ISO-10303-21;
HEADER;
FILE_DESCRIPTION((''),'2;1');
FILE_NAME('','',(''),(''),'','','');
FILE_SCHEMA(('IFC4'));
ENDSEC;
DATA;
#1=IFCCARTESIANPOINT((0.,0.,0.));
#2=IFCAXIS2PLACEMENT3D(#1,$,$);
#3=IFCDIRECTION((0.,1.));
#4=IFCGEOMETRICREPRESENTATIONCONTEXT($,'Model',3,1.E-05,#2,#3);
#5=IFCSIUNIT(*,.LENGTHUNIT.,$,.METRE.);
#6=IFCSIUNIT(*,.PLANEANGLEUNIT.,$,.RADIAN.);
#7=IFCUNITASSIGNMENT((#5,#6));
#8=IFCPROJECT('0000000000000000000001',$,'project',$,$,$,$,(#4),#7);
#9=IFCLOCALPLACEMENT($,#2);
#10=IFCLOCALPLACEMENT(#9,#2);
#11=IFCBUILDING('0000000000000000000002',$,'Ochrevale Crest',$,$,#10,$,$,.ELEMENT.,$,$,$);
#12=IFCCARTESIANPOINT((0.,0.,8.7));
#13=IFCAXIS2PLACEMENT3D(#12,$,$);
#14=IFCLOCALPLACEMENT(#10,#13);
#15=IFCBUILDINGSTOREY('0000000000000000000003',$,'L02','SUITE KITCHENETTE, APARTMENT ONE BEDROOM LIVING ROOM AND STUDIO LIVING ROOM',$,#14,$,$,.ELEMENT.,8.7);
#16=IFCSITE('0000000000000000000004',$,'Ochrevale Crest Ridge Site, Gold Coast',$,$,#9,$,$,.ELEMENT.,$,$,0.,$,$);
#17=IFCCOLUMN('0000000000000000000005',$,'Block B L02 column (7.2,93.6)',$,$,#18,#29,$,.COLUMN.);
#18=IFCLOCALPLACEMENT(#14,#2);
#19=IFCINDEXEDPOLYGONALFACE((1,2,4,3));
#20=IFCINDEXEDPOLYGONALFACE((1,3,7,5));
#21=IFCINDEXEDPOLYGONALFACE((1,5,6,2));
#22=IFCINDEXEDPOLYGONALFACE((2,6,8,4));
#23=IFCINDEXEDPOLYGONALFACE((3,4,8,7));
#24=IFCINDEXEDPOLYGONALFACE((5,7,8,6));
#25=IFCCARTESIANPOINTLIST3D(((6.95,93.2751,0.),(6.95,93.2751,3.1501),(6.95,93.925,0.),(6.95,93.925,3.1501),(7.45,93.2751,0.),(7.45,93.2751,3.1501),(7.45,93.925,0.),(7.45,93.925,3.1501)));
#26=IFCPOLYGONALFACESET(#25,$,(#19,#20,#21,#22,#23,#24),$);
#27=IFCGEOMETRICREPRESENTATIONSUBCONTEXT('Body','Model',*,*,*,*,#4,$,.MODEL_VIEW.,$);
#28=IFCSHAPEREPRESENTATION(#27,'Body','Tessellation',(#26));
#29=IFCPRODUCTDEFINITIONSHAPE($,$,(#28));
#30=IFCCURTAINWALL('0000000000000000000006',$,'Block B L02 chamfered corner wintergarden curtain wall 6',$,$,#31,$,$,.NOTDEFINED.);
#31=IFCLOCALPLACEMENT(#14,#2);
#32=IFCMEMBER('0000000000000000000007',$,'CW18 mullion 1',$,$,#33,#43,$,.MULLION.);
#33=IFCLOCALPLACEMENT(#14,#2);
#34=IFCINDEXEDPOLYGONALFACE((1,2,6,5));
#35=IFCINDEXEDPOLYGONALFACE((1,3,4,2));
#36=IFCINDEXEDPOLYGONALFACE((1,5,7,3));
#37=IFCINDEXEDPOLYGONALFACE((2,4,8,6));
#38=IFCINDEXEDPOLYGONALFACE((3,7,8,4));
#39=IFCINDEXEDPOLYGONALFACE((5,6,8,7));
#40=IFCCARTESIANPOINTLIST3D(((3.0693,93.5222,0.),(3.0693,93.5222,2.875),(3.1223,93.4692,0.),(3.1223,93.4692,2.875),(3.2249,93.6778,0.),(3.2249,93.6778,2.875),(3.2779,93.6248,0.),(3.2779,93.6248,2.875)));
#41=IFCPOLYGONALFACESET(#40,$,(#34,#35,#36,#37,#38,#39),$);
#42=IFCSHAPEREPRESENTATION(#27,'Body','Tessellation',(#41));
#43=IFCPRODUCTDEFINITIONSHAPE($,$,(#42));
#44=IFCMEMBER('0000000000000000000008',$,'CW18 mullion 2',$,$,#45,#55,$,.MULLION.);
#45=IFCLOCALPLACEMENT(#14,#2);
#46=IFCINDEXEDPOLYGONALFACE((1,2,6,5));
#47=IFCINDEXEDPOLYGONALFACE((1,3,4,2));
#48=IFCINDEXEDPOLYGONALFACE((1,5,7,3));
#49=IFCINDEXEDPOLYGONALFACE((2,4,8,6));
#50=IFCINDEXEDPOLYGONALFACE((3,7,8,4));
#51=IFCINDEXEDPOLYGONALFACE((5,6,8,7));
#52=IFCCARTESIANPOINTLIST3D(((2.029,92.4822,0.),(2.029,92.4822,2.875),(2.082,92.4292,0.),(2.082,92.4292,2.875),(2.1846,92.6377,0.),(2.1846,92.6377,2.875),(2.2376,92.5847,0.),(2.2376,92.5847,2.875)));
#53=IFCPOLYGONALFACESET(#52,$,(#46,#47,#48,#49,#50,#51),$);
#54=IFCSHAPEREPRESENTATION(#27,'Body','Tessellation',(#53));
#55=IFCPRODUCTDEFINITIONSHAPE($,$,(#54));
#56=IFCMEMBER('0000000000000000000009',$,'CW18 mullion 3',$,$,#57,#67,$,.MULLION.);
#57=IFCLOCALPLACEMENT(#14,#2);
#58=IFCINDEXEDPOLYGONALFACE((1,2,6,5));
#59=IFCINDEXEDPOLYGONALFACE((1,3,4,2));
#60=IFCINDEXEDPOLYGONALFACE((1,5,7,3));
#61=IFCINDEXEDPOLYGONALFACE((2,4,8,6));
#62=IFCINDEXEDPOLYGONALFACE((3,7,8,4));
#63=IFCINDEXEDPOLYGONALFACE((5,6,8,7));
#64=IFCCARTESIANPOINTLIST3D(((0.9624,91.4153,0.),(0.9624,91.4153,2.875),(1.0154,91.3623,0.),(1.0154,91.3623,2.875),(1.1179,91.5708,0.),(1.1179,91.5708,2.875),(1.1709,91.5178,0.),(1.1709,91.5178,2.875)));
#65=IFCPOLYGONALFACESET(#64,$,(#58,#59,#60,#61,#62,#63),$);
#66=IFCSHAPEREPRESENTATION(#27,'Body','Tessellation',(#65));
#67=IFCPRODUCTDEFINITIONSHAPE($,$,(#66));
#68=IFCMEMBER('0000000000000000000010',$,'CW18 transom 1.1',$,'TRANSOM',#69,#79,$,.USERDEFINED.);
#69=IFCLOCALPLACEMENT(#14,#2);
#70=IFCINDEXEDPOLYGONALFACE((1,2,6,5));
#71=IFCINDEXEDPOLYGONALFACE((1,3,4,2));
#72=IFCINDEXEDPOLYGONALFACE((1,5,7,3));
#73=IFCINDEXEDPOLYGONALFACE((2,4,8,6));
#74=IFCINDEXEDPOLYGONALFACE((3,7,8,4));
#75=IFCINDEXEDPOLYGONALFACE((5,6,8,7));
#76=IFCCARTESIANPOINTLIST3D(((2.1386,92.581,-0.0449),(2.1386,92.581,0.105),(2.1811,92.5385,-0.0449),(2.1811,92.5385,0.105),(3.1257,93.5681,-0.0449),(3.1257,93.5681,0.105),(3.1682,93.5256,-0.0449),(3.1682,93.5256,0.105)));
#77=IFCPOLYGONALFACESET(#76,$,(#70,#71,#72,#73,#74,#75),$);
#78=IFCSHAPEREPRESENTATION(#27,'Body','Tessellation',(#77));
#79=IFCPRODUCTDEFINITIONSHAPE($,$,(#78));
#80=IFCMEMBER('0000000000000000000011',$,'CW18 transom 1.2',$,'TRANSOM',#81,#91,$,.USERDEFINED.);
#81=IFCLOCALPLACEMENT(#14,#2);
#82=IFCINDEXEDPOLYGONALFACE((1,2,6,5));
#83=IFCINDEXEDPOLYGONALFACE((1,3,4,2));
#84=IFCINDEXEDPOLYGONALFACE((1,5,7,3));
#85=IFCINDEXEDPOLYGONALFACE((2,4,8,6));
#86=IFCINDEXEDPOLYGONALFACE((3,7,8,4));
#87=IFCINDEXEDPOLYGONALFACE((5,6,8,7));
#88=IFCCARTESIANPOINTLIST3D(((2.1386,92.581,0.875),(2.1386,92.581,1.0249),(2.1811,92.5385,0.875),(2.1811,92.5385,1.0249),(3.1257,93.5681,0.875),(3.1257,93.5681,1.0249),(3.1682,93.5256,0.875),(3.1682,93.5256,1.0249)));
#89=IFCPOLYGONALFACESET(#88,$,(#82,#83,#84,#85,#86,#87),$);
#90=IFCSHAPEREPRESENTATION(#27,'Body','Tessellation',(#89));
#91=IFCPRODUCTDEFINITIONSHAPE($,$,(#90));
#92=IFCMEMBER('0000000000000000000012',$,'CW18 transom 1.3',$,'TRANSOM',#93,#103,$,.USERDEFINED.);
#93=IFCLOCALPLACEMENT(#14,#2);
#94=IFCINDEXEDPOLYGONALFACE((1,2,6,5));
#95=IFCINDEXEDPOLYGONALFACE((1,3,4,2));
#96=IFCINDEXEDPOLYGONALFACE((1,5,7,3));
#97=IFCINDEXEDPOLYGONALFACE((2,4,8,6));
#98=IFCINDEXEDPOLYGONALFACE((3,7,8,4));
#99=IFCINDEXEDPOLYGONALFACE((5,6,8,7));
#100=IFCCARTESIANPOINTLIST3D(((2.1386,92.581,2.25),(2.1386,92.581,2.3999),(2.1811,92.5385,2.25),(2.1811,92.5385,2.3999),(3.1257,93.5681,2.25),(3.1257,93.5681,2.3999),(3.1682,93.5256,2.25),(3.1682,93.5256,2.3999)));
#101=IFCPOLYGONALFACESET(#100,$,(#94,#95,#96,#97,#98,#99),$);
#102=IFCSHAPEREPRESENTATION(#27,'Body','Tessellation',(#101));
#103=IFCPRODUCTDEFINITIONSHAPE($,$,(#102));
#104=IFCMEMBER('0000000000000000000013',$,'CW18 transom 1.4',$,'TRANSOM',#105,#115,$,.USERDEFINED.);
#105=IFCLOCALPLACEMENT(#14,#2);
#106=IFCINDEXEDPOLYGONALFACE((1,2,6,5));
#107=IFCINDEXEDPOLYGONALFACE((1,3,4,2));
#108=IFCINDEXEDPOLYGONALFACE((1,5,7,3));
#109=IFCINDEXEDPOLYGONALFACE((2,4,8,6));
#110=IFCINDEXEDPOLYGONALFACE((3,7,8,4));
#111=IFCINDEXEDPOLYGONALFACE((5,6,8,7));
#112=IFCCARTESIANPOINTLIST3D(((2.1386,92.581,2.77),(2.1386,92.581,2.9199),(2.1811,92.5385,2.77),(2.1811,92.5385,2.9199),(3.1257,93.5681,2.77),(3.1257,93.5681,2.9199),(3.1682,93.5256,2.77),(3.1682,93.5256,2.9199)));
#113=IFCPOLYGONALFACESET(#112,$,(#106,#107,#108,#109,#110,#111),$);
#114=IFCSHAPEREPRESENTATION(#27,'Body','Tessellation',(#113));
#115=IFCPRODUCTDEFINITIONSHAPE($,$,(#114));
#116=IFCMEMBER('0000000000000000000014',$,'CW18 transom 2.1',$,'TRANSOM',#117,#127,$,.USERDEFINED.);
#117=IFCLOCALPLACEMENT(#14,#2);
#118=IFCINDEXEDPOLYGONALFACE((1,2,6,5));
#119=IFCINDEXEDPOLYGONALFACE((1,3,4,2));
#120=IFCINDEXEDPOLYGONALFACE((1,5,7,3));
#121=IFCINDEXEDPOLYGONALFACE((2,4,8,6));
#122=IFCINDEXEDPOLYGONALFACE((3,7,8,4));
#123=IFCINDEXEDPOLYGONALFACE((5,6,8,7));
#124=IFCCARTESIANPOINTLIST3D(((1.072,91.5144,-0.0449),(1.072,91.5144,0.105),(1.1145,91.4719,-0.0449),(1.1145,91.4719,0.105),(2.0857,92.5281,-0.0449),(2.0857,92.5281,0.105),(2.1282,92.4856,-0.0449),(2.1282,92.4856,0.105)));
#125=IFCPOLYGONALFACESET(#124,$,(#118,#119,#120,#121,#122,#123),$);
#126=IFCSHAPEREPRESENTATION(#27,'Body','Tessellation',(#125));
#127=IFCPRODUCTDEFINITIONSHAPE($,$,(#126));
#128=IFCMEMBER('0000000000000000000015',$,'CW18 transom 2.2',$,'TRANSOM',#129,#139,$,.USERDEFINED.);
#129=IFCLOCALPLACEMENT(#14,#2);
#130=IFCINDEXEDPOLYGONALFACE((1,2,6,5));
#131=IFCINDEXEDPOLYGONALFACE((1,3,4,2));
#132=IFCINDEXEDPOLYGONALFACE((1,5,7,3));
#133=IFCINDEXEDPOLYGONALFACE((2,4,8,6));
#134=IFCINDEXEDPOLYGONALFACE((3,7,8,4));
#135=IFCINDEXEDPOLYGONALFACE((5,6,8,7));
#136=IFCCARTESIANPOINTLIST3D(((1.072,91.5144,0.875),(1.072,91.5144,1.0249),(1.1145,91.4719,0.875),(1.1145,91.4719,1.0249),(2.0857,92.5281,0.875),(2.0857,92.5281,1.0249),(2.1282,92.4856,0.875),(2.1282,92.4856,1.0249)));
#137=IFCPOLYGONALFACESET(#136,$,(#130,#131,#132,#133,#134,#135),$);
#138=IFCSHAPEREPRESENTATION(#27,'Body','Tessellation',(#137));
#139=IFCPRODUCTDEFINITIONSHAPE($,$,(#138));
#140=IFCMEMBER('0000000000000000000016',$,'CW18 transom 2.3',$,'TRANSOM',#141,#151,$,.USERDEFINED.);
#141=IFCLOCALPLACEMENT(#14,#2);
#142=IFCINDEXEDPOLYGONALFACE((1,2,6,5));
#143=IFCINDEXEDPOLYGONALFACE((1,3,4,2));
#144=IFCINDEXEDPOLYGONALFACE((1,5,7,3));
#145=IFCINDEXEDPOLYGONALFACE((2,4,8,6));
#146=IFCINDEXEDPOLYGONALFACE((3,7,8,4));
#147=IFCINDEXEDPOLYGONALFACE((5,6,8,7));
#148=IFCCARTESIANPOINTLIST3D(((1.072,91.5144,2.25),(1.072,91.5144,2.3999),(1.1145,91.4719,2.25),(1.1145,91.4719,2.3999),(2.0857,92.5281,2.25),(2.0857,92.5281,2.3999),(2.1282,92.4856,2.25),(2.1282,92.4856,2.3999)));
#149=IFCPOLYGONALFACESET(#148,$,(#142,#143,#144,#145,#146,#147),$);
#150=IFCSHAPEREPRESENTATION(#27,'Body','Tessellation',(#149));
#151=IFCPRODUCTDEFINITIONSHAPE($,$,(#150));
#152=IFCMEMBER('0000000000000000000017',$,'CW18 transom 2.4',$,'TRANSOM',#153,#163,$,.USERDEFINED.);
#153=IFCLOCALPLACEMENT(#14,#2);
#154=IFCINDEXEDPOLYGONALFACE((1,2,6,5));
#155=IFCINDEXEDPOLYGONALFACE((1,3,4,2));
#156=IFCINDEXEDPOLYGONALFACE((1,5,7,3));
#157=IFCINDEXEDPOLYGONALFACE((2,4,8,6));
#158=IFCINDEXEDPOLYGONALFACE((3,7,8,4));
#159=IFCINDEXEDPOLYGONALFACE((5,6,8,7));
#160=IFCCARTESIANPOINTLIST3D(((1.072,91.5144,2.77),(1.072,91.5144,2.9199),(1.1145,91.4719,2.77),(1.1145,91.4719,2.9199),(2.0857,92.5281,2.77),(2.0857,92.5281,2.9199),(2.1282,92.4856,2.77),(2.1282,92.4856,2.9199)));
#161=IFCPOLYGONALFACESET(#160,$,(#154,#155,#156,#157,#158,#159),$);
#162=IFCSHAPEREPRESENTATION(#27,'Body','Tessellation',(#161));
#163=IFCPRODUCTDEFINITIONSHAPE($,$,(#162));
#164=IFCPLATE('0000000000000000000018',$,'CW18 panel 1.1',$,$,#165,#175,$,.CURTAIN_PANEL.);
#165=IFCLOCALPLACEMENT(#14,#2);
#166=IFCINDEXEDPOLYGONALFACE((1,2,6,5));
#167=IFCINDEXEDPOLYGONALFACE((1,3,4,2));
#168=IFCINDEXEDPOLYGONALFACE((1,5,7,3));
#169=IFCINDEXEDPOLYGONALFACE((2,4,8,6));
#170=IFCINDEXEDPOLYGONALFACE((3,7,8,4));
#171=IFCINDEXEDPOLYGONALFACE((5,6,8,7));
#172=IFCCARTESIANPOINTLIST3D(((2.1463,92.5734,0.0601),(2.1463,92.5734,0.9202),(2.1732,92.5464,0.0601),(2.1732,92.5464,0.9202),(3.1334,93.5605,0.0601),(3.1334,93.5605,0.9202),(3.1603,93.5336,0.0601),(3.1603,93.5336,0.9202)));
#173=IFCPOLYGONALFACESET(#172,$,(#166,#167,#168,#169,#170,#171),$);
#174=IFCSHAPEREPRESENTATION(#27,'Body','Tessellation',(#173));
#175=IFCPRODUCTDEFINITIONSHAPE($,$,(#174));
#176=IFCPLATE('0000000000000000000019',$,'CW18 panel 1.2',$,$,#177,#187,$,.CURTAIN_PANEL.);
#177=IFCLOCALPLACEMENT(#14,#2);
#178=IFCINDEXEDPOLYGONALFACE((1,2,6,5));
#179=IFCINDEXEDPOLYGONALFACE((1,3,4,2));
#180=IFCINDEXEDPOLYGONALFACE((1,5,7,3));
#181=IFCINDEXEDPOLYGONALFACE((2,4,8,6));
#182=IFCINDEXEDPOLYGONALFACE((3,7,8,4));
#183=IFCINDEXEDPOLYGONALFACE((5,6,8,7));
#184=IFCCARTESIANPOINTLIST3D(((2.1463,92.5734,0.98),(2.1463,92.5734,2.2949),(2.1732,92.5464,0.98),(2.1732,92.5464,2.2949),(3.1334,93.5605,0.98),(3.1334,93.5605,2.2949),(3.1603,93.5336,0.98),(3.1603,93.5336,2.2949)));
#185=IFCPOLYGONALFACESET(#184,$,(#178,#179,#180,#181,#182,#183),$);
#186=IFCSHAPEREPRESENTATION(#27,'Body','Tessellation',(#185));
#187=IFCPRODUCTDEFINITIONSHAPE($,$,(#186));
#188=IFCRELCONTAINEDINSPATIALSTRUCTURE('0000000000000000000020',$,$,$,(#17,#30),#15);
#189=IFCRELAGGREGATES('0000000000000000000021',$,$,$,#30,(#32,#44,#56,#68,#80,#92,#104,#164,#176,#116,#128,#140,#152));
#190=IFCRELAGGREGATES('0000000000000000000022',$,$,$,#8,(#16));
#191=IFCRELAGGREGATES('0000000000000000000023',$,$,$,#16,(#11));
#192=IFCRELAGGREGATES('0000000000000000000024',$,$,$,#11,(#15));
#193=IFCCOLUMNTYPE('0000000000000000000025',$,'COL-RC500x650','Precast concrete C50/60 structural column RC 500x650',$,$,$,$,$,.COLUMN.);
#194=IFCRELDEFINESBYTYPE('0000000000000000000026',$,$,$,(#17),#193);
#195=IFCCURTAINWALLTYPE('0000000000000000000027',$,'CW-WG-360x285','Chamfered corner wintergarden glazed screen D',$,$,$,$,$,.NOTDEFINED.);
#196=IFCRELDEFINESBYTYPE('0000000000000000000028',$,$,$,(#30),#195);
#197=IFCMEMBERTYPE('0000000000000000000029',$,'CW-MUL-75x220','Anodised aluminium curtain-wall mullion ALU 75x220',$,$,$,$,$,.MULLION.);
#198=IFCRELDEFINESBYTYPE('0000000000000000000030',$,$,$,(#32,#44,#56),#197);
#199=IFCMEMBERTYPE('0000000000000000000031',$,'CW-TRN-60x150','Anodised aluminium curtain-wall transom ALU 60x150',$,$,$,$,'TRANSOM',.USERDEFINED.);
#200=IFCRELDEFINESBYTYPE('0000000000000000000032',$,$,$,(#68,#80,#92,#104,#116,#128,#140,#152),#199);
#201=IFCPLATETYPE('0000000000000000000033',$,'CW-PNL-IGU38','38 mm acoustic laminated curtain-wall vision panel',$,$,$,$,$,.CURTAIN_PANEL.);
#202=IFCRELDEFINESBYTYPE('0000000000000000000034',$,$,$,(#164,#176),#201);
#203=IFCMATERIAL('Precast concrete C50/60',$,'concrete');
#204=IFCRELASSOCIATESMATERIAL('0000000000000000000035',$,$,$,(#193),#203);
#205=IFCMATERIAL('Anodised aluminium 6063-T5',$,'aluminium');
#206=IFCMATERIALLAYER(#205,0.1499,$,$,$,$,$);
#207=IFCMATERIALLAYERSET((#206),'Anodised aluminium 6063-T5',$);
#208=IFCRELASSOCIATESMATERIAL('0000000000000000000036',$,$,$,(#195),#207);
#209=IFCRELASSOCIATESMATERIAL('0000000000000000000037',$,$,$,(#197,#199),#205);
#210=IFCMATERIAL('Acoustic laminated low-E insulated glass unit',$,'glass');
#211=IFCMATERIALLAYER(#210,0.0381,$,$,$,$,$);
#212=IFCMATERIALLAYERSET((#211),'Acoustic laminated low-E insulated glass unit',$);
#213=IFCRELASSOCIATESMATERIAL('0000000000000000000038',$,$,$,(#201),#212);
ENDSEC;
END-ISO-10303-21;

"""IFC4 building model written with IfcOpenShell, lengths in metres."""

from ifc_helpers import new_model, si_unit, direction, frame, origin, origin_2d, place, context, subcontext, project, spatial, rectangle, extrude, material, layer, layer_set, material_profile, profile_set, type_object, element, aggregate, save


model = new_model("IFC4")

# Units and contexts
model_context = context("Model", 3, precision=1e-05, world=origin(), true_north=direction((0.0, 1.0)))
body_context = subcontext(model_context, "Body", "Model", "MODEL_VIEW")
ifc_project = project(units=[si_unit("LENGTHUNIT", "METRE"), si_unit("PLANEANGLEUNIT", "RADIAN")], contexts=[model_context])

# Site, building, storey
site_placement = place(None, origin())
site = spatial("IfcSite", under=ifc_project, at=site_placement, Name="Ochrevale Crest Ridge Site, Gold Coast", CompositionType="ELEMENT", RefElevation=0.0)
building_placement = place(site_placement, origin())
building = spatial("IfcBuilding", under=site, at=building_placement, Name="Ochrevale Crest", CompositionType="ELEMENT")
storey_placement = place(building_placement, frame((0.0, 0.0, 8.7)))
storey = spatial("IfcBuildingStorey", under=building, at=storey_placement, Name="L02", Description="SUITE KITCHENETTE, APARTMENT ONE BEDROOM LIVING ROOM AND STUDIO LIVING ROOM", CompositionType="ELEMENT", Elevation=8.7)

# Column
ifc_material_1 = material(Name="Precast concrete C50/60", Category="concrete")
ifc_material_profile_1 = material_profile(ifc_material_1, rectangle(XDim=0.5, YDim=0.6499, at=origin_2d()), Name="RC 500x650")
ifc_profile_set_1 = profile_set([ifc_material_profile_1], Name="Precast concrete C50/60")
column_type = type_object("IfcColumnType", Name="COL-RC500x650", Description="Precast concrete C50/60 structural column RC 500x650", PredefinedType="COLUMN", material=ifc_profile_set_1)
column_placement = place(storey_placement, frame((7.2, 93.6001, 0.0), z_axis=(0.0, 0.0, 1.0), x_axis=(1.0, 0.0, 0.0)))
element("IfcColumn", 1, at=column_placement, inside=storey, type_object=column_type, Name="Block B L02 column (7.2,93.6)", PredefinedType="COLUMN", context=body_context, shape_type="SweptSolid", body=[
    extrude(rectangle(XDim=0.5, YDim=0.6499, at=origin_2d()), origin(), (0.0, 0.0, 1.0), 3.1501),
])

# Curtain wall, members, plates
ifc_material_2 = material(Name="Anodised aluminium 6063-T5", Category="aluminium")
ifc_layer_1 = layer(ifc_material_2, 0.1499)
ifc_layer_set_1 = layer_set([ifc_layer_1], Name="Anodised aluminium 6063-T5")
curtain_wall_type = type_object("IfcCurtainWallType", Name="CW-WG-360x285", Description="Chamfered corner wintergarden glazed screen D", PredefinedType="NOTDEFINED", material=ifc_layer_set_1)
curtain_wall_placement = place(storey_placement, origin())
curtain_wall = element("IfcCurtainWall", 2, at=curtain_wall_placement, inside=storey, type_object=curtain_wall_type, Name="Block B L02 chamfered corner wintergarden curtain wall 6", PredefinedType="NOTDEFINED")
ifc_material_profile_2 = material_profile(ifc_material_2, rectangle(XDim=0.075, YDim=0.22, at=origin_2d()), Name="ALU 75x220")
ifc_profile_set_2 = profile_set([ifc_material_profile_2], Name="Anodised aluminium 6063-T5")
member_type_1 = type_object("IfcMemberType", Name="CW-MUL-75x220", Description="Anodised aluminium curtain-wall mullion ALU 75x220", PredefinedType="MULLION", material=ifc_profile_set_2)
member_1_placement = place(storey_placement, frame((3.1736, 93.5735, 0.0), z_axis=(0.0, 0.0, 1.0), x_axis=(0.707107, -0.707107, 0.0)))
member_1 = element("IfcMember", 3, at=member_1_placement, type_object=member_type_1, Name="CW18 mullion 1", PredefinedType="MULLION", context=body_context, shape_type="SweptSolid", body=[
    extrude(rectangle(XDim=0.075, YDim=0.22, at=origin_2d()), origin(), (0.0, 0.0, 1.0), 2.875),
])
member_2_placement = place(storey_placement, frame((2.1333, 92.5334, 0.0), z_axis=(0.0, 0.0, 1.0), x_axis=(0.707107, -0.707107, 0.0)))
member_2 = element("IfcMember", 4, at=member_2_placement, type_object=member_type_1, Name="CW18 mullion 2", PredefinedType="MULLION", context=body_context, shape_type="SweptSolid", body=[
    extrude(rectangle(XDim=0.075, YDim=0.22, at=origin_2d()), origin(), (0.0, 0.0, 1.0), 2.875),
])
member_3_placement = place(storey_placement, frame((1.0667, 91.4666, 0.0), z_axis=(0.0, 0.0, 1.0), x_axis=(0.707107, -0.707107, 0.0)))
member_3 = element("IfcMember", 5, at=member_3_placement, type_object=member_type_1, Name="CW18 mullion 3", PredefinedType="MULLION", context=body_context, shape_type="SweptSolid", body=[
    extrude(rectangle(XDim=0.075, YDim=0.22, at=origin_2d()), origin(), (0.0, 0.0, 1.0), 2.875),
])
ifc_material_profile_3 = material_profile(ifc_material_2, rectangle(XDim=0.0601, YDim=0.1499, at=origin_2d()), Name="ALU 60x150")
ifc_profile_set_3 = profile_set([ifc_material_profile_3], Name="Anodised aluminium 6063-T5")
member_type_2 = type_object("IfcMemberType", Name="CW-TRN-60x150", Description="Anodised aluminium curtain-wall transom ALU 60x150", ElementType="TRANSOM", PredefinedType="USERDEFINED", material=ifc_profile_set_3)
member_4_placement = place(storey_placement, frame((3.147, 93.5469, 0.03), z_axis=(-0.707107, -0.707107, 0.0), x_axis=(0.707107, -0.707107, 0.0)))
member_4 = element("IfcMember", 6, at=member_4_placement, type_object=member_type_2, Name="CW18 transom 1.1", ObjectType="TRANSOM", PredefinedType="USERDEFINED", context=body_context, shape_type="SweptSolid", body=[
    extrude(rectangle(XDim=0.0601, YDim=0.1499, at=origin_2d()), origin(), (0.0, 0.0, 1.0), 1.396),
])
member_5_placement = place(storey_placement, frame((3.147, 93.5469, 0.95), z_axis=(-0.707107, -0.707107, 0.0), x_axis=(0.707107, -0.707107, 0.0)))
member_5 = element("IfcMember", 7, at=member_5_placement, type_object=member_type_2, Name="CW18 transom 1.2", ObjectType="TRANSOM", PredefinedType="USERDEFINED", context=body_context, shape_type="SweptSolid", body=[
    extrude(rectangle(XDim=0.0601, YDim=0.1499, at=origin_2d()), origin(), (0.0, 0.0, 1.0), 1.396),
])
member_6_placement = place(storey_placement, frame((3.147, 93.5469, 2.325), z_axis=(-0.707107, -0.707107, 0.0), x_axis=(0.707107, -0.707107, 0.0)))
member_6 = element("IfcMember", 8, at=member_6_placement, type_object=member_type_2, Name="CW18 transom 1.3", ObjectType="TRANSOM", PredefinedType="USERDEFINED", context=body_context, shape_type="SweptSolid", body=[
    extrude(rectangle(XDim=0.0601, YDim=0.1499, at=origin_2d()), origin(), (0.0, 0.0, 1.0), 1.396),
])
member_7_placement = place(storey_placement, frame((3.147, 93.5469, 2.845), z_axis=(-0.707107, -0.707107, 0.0), x_axis=(0.707107, -0.707107, 0.0)))
member_7 = element("IfcMember", 9, at=member_7_placement, type_object=member_type_2, Name="CW18 transom 1.4", ObjectType="TRANSOM", PredefinedType="USERDEFINED", context=body_context, shape_type="SweptSolid", body=[
    extrude(rectangle(XDim=0.0601, YDim=0.1499, at=origin_2d()), origin(), (0.0, 0.0, 1.0), 1.396),
])
member_8_placement = place(storey_placement, frame((2.1069, 92.5068, 0.03), z_axis=(-0.707107, -0.707107, 0.0), x_axis=(0.707107, -0.707107, 0.0)))
member_8 = element("IfcMember", 10, at=member_8_placement, type_object=member_type_2, Name="CW18 transom 2.1", ObjectType="TRANSOM", PredefinedType="USERDEFINED", context=body_context, shape_type="SweptSolid", body=[
    extrude(rectangle(XDim=0.0601, YDim=0.1499, at=origin_2d()), origin(), (0.0, 0.0, 1.0), 1.4336),
])
member_9_placement = place(storey_placement, frame((2.1069, 92.5068, 0.95), z_axis=(-0.707107, -0.707107, 0.0), x_axis=(0.707107, -0.707107, 0.0)))
member_9 = element("IfcMember", 11, at=member_9_placement, type_object=member_type_2, Name="CW18 transom 2.2", ObjectType="TRANSOM", PredefinedType="USERDEFINED", context=body_context, shape_type="SweptSolid", body=[
    extrude(rectangle(XDim=0.0601, YDim=0.1499, at=origin_2d()), origin(), (0.0, 0.0, 1.0), 1.4336),
])
member_10_placement = place(storey_placement, frame((2.1069, 92.5068, 2.325), z_axis=(-0.707107, -0.707107, 0.0), x_axis=(0.707107, -0.707107, 0.0)))
member_10 = element("IfcMember", 12, at=member_10_placement, type_object=member_type_2, Name="CW18 transom 2.3", ObjectType="TRANSOM", PredefinedType="USERDEFINED", context=body_context, shape_type="SweptSolid", body=[
    extrude(rectangle(XDim=0.0601, YDim=0.1499, at=origin_2d()), origin(), (0.0, 0.0, 1.0), 1.4336),
])
member_11_placement = place(storey_placement, frame((2.1069, 92.5068, 2.845), z_axis=(-0.707107, -0.707107, 0.0), x_axis=(0.707107, -0.707107, 0.0)))
member_11 = element("IfcMember", 13, at=member_11_placement, type_object=member_type_2, Name="CW18 transom 2.4", ObjectType="TRANSOM", PredefinedType="USERDEFINED", context=body_context, shape_type="SweptSolid", body=[
    extrude(rectangle(XDim=0.0601, YDim=0.1499, at=origin_2d()), origin(), (0.0, 0.0, 1.0), 1.4336),
])
ifc_material_3 = material(Name="Acoustic laminated low-E insulated glass unit", Category="glass")
ifc_layer_2 = layer(ifc_material_3, 0.0381)
ifc_layer_set_2 = layer_set([ifc_layer_2], Name="Acoustic laminated low-E insulated glass unit")
plate_type_1 = type_object("IfcPlateType", Name="CW-PNL-IGU38", Description="38 mm acoustic laminated curtain-wall vision panel", PredefinedType="CURTAIN_PANEL", material=ifc_layer_set_2)
plate_1_placement = place(storey_placement, frame((2.6533, 93.0535, 0.0601), z_axis=(0.0, 0.0, 1.0), x_axis=(-0.707107, -0.707107, 0.0)))
plate_1 = element("IfcPlate", 14, at=plate_1_placement, type_object=plate_type_1, Name="CW18 panel 1.1", PredefinedType="CURTAIN_PANEL", context=body_context, shape_type="SweptSolid", body=[
    extrude(rectangle(XDim=1.396, YDim=0.0381, at=origin_2d()), origin(), (0.0, 0.0, 1.0), 0.8601),
])
plate_2_placement = place(storey_placement, frame((2.6533, 93.0535, 0.98), z_axis=(0.0, 0.0, 1.0), x_axis=(-0.707107, -0.707107, 0.0)))
plate_2 = element("IfcPlate", 15, at=plate_2_placement, type_object=plate_type_1, Name="CW18 panel 1.2", PredefinedType="CURTAIN_PANEL", context=body_context, shape_type="SweptSolid", body=[
    extrude(rectangle(XDim=1.396, YDim=0.0381, at=origin_2d()), origin(), (0.0, 0.0, 1.0), 1.3149),
])
aggregate(curtain_wall, [member_1, member_2, member_3, member_4, member_5, member_6, member_7, plate_1, plate_2, member_8, member_9, member_10, member_11])

save(model, "model.ifc")
